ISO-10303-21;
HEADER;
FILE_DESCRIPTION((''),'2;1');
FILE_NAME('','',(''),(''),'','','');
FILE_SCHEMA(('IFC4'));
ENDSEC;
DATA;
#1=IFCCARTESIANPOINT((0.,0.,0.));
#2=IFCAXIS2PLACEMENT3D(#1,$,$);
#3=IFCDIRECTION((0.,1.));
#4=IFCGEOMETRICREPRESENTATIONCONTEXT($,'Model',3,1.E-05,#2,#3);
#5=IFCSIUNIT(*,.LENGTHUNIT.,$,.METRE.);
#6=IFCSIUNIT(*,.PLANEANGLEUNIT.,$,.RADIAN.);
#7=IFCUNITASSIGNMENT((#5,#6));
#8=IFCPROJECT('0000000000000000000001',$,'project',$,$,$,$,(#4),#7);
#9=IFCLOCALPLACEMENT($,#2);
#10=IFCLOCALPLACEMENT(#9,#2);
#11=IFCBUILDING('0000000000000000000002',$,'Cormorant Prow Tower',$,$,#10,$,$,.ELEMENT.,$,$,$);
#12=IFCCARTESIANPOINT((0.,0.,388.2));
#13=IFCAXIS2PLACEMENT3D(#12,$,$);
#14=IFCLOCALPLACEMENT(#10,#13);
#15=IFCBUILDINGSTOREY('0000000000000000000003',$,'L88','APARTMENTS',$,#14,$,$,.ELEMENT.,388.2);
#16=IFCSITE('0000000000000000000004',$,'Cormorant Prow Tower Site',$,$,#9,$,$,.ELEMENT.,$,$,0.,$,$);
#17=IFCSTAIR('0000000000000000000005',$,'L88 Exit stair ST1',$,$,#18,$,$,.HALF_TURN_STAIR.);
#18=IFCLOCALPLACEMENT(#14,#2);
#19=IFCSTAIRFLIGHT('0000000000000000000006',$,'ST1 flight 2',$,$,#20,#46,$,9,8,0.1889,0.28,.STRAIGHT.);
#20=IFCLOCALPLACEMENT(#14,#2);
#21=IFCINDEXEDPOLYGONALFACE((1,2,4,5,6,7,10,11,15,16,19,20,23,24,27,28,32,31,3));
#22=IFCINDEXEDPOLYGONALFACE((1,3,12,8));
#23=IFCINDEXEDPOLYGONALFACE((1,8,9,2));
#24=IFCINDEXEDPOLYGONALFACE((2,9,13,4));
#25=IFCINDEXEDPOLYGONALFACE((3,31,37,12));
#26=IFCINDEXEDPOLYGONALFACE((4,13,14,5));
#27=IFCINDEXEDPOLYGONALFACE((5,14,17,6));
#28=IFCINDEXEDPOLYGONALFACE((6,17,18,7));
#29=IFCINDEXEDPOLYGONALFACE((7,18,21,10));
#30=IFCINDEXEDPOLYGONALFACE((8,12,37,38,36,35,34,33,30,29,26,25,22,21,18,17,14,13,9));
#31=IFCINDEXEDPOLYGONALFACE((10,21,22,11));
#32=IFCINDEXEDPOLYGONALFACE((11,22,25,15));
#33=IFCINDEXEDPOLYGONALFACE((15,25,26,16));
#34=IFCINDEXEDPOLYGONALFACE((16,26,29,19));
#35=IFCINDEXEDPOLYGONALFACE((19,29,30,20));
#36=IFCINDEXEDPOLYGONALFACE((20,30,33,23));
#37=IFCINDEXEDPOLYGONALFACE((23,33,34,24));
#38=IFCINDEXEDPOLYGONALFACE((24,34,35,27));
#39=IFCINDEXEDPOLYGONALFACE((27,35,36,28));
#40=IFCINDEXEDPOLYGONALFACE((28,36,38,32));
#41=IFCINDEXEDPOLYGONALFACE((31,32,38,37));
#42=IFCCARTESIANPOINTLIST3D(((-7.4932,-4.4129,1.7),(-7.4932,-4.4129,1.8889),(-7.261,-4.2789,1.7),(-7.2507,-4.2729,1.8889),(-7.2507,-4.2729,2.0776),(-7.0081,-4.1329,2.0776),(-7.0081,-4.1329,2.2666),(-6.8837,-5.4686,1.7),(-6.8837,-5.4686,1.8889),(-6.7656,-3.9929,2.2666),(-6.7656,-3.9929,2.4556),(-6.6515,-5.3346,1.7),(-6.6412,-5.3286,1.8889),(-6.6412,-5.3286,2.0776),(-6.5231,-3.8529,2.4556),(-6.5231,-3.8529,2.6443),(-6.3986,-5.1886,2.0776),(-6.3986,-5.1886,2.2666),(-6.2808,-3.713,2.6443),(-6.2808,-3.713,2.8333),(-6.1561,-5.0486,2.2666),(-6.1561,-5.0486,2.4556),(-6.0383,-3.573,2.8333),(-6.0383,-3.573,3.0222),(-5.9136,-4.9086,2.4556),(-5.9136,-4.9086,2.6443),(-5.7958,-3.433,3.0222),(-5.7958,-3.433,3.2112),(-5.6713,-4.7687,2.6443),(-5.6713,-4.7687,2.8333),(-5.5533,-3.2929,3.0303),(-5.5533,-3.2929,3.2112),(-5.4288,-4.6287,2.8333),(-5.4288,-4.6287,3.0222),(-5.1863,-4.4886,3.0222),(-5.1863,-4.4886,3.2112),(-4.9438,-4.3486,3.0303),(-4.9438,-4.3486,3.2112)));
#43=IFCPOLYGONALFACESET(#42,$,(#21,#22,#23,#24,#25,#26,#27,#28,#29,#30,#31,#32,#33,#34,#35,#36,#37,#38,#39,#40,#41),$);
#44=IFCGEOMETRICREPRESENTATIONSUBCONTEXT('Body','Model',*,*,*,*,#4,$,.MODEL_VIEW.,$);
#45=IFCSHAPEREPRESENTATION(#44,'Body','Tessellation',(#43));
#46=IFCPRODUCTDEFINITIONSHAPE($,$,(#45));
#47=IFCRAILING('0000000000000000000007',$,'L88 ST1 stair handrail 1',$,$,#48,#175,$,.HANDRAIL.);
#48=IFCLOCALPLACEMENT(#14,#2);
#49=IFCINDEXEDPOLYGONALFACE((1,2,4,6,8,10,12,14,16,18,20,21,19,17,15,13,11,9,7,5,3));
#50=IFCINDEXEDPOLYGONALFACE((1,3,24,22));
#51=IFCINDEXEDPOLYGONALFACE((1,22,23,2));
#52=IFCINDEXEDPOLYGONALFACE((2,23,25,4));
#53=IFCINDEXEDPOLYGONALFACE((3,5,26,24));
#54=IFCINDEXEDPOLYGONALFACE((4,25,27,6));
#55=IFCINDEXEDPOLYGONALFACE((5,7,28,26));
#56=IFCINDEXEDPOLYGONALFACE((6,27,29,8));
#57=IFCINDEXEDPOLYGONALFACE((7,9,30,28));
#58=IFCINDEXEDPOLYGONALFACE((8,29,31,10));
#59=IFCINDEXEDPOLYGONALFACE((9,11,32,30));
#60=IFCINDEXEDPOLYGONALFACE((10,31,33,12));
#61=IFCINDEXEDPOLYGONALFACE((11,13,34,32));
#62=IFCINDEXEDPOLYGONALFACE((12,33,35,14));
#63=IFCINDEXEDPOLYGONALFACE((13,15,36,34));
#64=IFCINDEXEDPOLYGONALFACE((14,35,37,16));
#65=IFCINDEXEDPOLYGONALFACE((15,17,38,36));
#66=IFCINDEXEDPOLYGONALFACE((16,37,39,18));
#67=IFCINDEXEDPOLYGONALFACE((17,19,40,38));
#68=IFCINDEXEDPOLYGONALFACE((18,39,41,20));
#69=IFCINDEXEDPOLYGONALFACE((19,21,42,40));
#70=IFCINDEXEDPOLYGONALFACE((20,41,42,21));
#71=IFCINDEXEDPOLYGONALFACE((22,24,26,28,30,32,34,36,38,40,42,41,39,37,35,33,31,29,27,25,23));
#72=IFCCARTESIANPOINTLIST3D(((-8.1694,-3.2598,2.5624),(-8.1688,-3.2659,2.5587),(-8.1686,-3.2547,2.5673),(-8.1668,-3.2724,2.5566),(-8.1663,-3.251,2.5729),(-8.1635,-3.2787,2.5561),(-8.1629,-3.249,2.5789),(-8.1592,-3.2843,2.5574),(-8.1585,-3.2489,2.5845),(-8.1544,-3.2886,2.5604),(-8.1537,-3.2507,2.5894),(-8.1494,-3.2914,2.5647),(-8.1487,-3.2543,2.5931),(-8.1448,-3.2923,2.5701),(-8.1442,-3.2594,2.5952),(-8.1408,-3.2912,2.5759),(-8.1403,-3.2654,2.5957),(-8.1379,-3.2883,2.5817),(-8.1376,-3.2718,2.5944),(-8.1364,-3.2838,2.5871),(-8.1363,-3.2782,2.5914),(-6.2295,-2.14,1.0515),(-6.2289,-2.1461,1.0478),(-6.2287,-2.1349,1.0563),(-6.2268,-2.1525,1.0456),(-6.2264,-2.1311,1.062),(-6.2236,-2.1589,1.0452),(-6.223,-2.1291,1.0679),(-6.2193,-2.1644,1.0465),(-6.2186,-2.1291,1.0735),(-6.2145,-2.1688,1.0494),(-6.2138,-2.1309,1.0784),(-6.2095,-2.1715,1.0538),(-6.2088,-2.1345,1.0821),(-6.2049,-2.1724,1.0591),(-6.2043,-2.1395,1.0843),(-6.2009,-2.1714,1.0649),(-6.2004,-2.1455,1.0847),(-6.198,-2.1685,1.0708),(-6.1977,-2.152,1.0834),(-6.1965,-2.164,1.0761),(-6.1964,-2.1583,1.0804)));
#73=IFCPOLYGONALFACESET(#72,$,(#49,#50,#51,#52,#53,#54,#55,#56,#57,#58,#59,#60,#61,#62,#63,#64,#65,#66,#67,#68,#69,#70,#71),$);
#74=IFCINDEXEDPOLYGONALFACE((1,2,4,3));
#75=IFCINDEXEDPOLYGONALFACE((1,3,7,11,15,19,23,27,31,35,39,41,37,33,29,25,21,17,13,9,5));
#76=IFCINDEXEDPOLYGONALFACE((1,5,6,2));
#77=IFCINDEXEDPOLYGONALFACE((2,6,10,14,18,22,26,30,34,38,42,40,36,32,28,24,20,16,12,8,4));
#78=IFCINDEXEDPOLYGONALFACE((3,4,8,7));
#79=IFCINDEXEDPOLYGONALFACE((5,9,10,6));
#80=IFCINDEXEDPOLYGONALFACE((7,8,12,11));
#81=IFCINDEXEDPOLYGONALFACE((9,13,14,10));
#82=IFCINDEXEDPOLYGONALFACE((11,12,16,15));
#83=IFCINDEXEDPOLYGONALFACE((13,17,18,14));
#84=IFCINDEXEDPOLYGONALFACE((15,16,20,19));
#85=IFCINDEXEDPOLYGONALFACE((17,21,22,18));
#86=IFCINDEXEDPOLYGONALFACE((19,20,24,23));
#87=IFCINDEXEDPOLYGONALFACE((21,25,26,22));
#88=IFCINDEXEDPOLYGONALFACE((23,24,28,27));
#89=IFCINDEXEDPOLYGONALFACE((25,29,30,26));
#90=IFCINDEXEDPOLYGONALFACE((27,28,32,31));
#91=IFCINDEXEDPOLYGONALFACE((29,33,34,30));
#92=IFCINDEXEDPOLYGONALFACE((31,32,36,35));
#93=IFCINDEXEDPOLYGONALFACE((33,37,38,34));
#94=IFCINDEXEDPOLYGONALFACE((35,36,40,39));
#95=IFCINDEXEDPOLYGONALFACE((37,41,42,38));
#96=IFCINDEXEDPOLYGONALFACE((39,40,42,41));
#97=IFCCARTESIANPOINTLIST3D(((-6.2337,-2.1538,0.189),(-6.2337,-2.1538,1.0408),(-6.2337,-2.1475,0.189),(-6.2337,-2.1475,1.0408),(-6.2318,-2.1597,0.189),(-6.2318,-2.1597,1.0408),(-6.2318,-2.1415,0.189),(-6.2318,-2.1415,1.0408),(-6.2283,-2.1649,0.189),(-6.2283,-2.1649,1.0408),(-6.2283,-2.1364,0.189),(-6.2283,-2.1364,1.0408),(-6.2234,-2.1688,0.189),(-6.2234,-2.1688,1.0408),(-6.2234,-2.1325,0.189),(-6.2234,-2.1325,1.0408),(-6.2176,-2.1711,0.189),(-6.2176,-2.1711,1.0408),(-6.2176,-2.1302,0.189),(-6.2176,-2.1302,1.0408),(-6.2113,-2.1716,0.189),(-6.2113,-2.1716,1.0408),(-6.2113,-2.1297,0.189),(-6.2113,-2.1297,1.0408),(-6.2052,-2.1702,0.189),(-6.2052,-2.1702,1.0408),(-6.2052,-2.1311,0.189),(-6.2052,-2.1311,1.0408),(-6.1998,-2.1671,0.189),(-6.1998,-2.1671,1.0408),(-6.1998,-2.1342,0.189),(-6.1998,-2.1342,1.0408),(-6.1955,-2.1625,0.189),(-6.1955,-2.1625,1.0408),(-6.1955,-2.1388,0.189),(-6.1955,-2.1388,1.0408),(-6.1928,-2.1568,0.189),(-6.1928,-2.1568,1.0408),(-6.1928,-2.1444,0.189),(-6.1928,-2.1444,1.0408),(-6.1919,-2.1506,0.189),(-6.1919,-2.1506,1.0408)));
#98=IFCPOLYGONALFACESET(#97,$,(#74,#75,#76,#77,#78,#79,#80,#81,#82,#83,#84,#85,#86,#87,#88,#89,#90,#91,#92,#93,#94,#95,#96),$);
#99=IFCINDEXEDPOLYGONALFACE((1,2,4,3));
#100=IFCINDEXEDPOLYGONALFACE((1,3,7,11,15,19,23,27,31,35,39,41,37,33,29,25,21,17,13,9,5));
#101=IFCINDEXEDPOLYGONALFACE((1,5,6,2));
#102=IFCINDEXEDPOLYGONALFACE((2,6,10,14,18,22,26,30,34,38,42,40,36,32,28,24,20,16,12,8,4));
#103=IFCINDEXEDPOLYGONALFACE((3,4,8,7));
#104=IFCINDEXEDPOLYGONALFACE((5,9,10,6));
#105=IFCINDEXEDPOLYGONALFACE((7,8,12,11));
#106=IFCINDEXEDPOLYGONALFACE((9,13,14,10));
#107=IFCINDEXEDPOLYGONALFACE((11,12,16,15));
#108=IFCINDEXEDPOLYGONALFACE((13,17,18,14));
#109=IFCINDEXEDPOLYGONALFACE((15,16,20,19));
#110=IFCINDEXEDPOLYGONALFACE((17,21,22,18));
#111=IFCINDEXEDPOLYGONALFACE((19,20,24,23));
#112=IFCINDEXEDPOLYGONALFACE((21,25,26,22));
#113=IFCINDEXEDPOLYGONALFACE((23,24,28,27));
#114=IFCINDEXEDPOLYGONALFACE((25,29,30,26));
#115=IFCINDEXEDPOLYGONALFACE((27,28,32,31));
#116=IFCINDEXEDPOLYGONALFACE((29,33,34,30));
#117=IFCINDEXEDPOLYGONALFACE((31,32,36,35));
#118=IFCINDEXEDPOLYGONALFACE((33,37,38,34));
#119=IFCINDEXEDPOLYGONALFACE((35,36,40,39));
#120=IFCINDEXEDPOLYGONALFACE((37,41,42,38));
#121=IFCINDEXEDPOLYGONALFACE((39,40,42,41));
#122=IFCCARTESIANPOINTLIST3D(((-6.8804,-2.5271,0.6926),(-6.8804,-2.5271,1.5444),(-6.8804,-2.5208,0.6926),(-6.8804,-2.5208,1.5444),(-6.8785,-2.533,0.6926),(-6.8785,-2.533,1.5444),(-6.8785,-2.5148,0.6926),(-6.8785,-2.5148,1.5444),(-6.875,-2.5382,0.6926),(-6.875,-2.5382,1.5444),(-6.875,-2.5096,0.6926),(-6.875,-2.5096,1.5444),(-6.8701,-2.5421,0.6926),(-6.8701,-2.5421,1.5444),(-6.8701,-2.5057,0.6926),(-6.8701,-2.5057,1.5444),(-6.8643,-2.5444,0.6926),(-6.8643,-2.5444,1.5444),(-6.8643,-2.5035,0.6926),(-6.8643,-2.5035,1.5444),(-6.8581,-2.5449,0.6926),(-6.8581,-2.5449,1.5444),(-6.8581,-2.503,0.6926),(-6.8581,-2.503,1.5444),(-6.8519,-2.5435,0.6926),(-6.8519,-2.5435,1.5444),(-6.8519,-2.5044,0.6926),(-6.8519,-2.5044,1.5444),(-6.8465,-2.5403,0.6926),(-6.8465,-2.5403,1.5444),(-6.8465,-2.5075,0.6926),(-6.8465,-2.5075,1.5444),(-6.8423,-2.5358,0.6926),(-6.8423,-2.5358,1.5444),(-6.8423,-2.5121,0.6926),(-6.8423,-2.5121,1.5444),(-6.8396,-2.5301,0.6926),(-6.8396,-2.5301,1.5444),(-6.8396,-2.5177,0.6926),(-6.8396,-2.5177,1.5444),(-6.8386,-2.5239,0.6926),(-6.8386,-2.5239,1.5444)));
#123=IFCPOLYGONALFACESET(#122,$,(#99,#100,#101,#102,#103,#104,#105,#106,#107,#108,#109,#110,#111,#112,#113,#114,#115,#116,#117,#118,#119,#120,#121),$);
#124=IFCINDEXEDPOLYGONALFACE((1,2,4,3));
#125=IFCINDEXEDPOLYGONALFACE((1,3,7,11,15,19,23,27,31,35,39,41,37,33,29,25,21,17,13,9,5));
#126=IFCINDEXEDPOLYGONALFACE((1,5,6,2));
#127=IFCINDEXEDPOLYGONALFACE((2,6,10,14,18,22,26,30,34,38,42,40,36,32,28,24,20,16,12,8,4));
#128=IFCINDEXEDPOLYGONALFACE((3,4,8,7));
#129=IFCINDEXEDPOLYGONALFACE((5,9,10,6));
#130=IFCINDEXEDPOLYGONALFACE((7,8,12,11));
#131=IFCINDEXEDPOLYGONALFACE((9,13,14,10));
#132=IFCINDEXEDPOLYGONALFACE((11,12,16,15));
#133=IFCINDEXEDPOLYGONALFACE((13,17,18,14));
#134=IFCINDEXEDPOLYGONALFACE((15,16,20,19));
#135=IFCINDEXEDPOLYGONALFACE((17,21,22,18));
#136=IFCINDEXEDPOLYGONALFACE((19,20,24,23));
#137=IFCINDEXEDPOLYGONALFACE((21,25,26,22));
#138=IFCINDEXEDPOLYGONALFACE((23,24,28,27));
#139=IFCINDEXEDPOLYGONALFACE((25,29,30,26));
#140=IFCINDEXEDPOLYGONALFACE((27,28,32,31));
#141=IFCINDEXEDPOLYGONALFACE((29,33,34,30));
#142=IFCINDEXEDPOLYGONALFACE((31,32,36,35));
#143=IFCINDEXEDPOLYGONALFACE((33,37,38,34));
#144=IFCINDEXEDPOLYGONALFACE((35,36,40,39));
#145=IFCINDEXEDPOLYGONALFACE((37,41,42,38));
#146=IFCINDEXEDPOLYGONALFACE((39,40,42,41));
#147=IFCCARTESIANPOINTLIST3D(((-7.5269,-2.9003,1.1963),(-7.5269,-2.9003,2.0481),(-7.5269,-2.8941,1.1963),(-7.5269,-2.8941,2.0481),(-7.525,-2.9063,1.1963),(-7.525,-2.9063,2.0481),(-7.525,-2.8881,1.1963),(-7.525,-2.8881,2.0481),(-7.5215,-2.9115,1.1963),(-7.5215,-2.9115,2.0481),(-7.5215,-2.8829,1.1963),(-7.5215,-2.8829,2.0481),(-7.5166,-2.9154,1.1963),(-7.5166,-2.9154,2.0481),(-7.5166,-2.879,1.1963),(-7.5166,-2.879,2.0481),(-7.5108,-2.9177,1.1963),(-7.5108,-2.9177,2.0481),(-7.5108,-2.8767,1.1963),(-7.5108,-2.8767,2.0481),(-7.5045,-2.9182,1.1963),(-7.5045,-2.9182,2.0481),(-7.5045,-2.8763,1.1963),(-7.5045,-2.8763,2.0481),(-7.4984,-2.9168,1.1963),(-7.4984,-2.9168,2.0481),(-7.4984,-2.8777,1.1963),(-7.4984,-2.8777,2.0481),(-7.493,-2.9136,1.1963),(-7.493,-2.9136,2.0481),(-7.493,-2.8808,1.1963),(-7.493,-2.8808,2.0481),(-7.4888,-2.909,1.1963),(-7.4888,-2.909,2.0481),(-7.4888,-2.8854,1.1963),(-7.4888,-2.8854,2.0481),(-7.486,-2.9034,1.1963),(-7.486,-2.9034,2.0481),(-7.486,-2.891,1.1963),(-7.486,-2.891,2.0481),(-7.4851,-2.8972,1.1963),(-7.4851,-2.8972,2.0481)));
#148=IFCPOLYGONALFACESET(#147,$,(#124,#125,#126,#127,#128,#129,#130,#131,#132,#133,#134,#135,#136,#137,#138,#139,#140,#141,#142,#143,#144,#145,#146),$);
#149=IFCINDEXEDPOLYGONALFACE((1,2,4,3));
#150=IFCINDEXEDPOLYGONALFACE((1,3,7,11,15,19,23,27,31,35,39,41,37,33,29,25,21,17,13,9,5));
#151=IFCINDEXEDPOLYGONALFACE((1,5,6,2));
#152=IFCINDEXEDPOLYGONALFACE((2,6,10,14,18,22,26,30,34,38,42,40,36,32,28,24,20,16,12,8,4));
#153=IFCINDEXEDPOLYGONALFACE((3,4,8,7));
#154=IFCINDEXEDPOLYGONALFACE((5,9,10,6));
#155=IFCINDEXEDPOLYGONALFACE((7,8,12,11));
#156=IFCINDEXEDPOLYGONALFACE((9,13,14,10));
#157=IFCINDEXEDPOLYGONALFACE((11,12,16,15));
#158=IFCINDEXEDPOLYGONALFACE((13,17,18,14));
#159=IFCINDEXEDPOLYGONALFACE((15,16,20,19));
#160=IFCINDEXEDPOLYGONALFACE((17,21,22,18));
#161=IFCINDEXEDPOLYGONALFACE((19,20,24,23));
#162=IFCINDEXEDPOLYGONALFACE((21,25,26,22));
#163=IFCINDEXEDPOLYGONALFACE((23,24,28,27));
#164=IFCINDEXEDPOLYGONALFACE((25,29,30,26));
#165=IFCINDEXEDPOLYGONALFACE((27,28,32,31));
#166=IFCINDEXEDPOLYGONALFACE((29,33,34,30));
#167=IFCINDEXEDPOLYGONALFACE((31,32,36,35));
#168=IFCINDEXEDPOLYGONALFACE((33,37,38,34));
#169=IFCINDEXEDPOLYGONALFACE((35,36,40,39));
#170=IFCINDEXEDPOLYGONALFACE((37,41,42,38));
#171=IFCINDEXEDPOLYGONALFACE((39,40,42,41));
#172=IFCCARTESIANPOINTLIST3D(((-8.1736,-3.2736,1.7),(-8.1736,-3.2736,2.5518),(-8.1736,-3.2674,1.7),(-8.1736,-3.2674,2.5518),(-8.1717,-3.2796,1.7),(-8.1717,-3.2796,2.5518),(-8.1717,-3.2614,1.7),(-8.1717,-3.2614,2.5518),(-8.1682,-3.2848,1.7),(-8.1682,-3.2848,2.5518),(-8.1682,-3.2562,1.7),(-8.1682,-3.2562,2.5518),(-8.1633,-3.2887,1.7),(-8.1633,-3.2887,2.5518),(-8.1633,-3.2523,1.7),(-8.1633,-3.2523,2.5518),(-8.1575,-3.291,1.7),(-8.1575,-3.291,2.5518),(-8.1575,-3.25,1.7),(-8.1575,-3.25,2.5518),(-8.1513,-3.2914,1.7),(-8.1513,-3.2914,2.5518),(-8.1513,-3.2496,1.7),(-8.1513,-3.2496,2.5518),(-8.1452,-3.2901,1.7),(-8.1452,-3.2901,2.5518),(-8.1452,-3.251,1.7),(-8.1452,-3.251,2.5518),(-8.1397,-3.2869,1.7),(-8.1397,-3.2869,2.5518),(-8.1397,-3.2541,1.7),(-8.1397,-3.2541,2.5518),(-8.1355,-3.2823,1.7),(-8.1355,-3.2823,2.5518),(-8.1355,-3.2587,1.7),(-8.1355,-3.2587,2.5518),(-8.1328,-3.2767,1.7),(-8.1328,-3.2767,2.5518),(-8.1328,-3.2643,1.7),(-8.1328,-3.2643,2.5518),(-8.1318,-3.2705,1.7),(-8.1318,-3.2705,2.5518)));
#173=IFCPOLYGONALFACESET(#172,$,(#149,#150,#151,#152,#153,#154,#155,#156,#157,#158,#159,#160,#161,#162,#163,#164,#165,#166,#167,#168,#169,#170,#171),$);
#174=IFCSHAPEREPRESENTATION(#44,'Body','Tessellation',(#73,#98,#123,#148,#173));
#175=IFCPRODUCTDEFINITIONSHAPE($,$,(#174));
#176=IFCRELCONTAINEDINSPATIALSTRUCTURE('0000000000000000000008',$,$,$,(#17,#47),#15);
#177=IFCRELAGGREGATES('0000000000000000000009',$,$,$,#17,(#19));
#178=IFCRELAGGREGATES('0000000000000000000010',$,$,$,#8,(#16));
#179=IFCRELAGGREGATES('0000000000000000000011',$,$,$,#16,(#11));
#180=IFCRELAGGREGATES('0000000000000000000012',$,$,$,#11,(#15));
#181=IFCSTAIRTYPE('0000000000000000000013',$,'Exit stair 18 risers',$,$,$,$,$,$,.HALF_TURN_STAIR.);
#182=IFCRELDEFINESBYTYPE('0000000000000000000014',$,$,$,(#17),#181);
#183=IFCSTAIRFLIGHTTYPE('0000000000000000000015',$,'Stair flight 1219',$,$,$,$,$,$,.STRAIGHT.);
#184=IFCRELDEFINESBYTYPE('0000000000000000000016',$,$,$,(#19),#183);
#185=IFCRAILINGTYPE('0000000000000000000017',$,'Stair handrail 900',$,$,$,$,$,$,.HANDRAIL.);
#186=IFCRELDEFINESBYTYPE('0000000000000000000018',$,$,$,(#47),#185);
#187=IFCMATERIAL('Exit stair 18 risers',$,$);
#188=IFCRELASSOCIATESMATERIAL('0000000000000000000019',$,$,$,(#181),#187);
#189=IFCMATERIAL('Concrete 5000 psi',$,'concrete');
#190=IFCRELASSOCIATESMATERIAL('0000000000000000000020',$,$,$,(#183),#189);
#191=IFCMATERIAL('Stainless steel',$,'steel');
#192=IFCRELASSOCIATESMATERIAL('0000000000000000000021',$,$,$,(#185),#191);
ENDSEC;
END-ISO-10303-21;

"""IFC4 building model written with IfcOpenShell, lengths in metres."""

from ifc_helpers import new_model, si_unit, direction, frame, origin, origin_2d, place, context, subcontext, project, spatial, polyline, circle, outline, extrude, material, type_object, element, aggregate, save


model = new_model("IFC4")

# Units and contexts
model_context = context("Model", 3, precision=1e-05, world=origin(), true_north=direction((0.0, 1.0)))
body_context = subcontext(model_context, "Body", "Model", "MODEL_VIEW")
ifc_project = project(units=[si_unit("LENGTHUNIT", "METRE"), si_unit("PLANEANGLEUNIT", "RADIAN")], contexts=[model_context])

# Site, building, storey
site_placement = place(None, origin())
site = spatial("IfcSite", under=ifc_project, at=site_placement, Name="Cormorant Prow Tower Site", CompositionType="ELEMENT", RefElevation=0.0)
building_placement = place(site_placement, origin())
building = spatial("IfcBuilding", under=site, at=building_placement, Name="Cormorant Prow Tower", CompositionType="ELEMENT")
storey_placement = place(building_placement, frame((0.0, 0.0, 388.2)))
storey = spatial("IfcBuildingStorey", under=building, at=storey_placement, Name="L88", Description="APARTMENTS", CompositionType="ELEMENT", Elevation=388.2)

# Stair, stair flight
ifc_material_1 = material(Name="Exit stair 18 risers")
stair_type = type_object("IfcStairType", Name="Exit stair 18 risers", PredefinedType="HALF_TURN_STAIR", material=ifc_material_1)
stair_placement = place(storey_placement, origin())
stair = element("IfcStair", 1, at=stair_placement, inside=storey, type_object=stair_type, Name="L88 Exit stair ST1", PredefinedType="HALF_TURN_STAIR")
ifc_material_2 = material(Name="Concrete 5000 psi", Category="concrete")
stair_flight_type = type_object("IfcStairFlightType", Name="Stair flight 1219", PredefinedType="STRAIGHT", material=ifc_material_2)
stair_flight_1_placement = place(storey_placement, frame((-7.1885, -4.9407, 1.7), z_axis=(0.0, 0.0, 1.0), x_axis=(0.866025, 0.5, 0.0)))
stair_flight_1 = element("IfcStairFlight", 2, at=stair_flight_1_placement, type_object=stair_flight_type, Name="ST1 flight 2", NumberOfRisers=9, NumberOfTreads=8, PredefinedType="STRAIGHT", RiserHeight=0.1889, TreadLength=0.28, context=body_context, shape_type="SweptSolid", body=[
    extrude(outline(polyline([(0.0, 0.0), (0.0, 0.189), (0.28, 0.189), (0.28, 0.3777), (0.5601, 0.3777), (0.5601, 0.5667), (0.8401, 0.5667), (0.8401, 0.7556), (1.1201, 0.7556), (1.1201, 0.9443), (1.3999, 0.9443), (1.3999, 1.1333), (1.6799, 1.1333), (1.6799, 1.3223), (1.96, 1.3223), (1.96, 1.5112), (2.24, 1.5112), (2.24, 1.7), (2.24, 1.3303), (0.2681, 0.0), (0.0, 0.0)])), frame((0.0, 0.6094, 0.0), z_axis=(0.0, -1.0, 0.0), x_axis=(1.0, 0.0, 0.0)), (0.0, 0.0, 1.0), 1.219),
])
aggregate(stair, [stair_flight_1])

# Railing
ifc_material_3 = material(Name="Stainless steel", Category="steel")
railing_type_1 = type_object("IfcRailingType", Name="Stair handrail 900", PredefinedType="HANDRAIL", material=ifc_material_3)
railing_1_placement = place(storey_placement, frame((-6.2129, -2.1506, 0.189)))
element("IfcRailing", 3, at=railing_1_placement, inside=storey, type_object=railing_type_1, Name="L88 ST1 stair handrail 1", PredefinedType="HANDRAIL", context=body_context, shape_type="SweptSolid", body=[
    extrude(circle(Radius=0.0239, at=origin_2d()), frame((0.0, 0.0, 0.876), z_axis=(-0.717977, -0.414467, 0.559219), x_axis=(0.499949, -0.866055, 0.0)), (0.0, 0.0, 1.0), 2.7019),
    extrude(circle(Radius=0.021, at=origin_2d()), origin(), (0.0, 0.0, 1.0), 0.8518),
    extrude(circle(Radius=0.021, at=origin_2d()), frame((-0.6467, -0.3733, 0.5037)), (0.0, 0.0, 1.0), 0.8518),
    extrude(circle(Radius=0.021, at=origin_2d()), frame((-1.2932, -0.7466, 1.0073)), (0.0, 0.0, 1.0), 0.8518),
    extrude(circle(Radius=0.021, at=origin_2d()), frame((-1.9399, -1.1199, 1.511)), (0.0, 0.0, 1.0), 0.8518),
])

save(model, "model.ifc")
